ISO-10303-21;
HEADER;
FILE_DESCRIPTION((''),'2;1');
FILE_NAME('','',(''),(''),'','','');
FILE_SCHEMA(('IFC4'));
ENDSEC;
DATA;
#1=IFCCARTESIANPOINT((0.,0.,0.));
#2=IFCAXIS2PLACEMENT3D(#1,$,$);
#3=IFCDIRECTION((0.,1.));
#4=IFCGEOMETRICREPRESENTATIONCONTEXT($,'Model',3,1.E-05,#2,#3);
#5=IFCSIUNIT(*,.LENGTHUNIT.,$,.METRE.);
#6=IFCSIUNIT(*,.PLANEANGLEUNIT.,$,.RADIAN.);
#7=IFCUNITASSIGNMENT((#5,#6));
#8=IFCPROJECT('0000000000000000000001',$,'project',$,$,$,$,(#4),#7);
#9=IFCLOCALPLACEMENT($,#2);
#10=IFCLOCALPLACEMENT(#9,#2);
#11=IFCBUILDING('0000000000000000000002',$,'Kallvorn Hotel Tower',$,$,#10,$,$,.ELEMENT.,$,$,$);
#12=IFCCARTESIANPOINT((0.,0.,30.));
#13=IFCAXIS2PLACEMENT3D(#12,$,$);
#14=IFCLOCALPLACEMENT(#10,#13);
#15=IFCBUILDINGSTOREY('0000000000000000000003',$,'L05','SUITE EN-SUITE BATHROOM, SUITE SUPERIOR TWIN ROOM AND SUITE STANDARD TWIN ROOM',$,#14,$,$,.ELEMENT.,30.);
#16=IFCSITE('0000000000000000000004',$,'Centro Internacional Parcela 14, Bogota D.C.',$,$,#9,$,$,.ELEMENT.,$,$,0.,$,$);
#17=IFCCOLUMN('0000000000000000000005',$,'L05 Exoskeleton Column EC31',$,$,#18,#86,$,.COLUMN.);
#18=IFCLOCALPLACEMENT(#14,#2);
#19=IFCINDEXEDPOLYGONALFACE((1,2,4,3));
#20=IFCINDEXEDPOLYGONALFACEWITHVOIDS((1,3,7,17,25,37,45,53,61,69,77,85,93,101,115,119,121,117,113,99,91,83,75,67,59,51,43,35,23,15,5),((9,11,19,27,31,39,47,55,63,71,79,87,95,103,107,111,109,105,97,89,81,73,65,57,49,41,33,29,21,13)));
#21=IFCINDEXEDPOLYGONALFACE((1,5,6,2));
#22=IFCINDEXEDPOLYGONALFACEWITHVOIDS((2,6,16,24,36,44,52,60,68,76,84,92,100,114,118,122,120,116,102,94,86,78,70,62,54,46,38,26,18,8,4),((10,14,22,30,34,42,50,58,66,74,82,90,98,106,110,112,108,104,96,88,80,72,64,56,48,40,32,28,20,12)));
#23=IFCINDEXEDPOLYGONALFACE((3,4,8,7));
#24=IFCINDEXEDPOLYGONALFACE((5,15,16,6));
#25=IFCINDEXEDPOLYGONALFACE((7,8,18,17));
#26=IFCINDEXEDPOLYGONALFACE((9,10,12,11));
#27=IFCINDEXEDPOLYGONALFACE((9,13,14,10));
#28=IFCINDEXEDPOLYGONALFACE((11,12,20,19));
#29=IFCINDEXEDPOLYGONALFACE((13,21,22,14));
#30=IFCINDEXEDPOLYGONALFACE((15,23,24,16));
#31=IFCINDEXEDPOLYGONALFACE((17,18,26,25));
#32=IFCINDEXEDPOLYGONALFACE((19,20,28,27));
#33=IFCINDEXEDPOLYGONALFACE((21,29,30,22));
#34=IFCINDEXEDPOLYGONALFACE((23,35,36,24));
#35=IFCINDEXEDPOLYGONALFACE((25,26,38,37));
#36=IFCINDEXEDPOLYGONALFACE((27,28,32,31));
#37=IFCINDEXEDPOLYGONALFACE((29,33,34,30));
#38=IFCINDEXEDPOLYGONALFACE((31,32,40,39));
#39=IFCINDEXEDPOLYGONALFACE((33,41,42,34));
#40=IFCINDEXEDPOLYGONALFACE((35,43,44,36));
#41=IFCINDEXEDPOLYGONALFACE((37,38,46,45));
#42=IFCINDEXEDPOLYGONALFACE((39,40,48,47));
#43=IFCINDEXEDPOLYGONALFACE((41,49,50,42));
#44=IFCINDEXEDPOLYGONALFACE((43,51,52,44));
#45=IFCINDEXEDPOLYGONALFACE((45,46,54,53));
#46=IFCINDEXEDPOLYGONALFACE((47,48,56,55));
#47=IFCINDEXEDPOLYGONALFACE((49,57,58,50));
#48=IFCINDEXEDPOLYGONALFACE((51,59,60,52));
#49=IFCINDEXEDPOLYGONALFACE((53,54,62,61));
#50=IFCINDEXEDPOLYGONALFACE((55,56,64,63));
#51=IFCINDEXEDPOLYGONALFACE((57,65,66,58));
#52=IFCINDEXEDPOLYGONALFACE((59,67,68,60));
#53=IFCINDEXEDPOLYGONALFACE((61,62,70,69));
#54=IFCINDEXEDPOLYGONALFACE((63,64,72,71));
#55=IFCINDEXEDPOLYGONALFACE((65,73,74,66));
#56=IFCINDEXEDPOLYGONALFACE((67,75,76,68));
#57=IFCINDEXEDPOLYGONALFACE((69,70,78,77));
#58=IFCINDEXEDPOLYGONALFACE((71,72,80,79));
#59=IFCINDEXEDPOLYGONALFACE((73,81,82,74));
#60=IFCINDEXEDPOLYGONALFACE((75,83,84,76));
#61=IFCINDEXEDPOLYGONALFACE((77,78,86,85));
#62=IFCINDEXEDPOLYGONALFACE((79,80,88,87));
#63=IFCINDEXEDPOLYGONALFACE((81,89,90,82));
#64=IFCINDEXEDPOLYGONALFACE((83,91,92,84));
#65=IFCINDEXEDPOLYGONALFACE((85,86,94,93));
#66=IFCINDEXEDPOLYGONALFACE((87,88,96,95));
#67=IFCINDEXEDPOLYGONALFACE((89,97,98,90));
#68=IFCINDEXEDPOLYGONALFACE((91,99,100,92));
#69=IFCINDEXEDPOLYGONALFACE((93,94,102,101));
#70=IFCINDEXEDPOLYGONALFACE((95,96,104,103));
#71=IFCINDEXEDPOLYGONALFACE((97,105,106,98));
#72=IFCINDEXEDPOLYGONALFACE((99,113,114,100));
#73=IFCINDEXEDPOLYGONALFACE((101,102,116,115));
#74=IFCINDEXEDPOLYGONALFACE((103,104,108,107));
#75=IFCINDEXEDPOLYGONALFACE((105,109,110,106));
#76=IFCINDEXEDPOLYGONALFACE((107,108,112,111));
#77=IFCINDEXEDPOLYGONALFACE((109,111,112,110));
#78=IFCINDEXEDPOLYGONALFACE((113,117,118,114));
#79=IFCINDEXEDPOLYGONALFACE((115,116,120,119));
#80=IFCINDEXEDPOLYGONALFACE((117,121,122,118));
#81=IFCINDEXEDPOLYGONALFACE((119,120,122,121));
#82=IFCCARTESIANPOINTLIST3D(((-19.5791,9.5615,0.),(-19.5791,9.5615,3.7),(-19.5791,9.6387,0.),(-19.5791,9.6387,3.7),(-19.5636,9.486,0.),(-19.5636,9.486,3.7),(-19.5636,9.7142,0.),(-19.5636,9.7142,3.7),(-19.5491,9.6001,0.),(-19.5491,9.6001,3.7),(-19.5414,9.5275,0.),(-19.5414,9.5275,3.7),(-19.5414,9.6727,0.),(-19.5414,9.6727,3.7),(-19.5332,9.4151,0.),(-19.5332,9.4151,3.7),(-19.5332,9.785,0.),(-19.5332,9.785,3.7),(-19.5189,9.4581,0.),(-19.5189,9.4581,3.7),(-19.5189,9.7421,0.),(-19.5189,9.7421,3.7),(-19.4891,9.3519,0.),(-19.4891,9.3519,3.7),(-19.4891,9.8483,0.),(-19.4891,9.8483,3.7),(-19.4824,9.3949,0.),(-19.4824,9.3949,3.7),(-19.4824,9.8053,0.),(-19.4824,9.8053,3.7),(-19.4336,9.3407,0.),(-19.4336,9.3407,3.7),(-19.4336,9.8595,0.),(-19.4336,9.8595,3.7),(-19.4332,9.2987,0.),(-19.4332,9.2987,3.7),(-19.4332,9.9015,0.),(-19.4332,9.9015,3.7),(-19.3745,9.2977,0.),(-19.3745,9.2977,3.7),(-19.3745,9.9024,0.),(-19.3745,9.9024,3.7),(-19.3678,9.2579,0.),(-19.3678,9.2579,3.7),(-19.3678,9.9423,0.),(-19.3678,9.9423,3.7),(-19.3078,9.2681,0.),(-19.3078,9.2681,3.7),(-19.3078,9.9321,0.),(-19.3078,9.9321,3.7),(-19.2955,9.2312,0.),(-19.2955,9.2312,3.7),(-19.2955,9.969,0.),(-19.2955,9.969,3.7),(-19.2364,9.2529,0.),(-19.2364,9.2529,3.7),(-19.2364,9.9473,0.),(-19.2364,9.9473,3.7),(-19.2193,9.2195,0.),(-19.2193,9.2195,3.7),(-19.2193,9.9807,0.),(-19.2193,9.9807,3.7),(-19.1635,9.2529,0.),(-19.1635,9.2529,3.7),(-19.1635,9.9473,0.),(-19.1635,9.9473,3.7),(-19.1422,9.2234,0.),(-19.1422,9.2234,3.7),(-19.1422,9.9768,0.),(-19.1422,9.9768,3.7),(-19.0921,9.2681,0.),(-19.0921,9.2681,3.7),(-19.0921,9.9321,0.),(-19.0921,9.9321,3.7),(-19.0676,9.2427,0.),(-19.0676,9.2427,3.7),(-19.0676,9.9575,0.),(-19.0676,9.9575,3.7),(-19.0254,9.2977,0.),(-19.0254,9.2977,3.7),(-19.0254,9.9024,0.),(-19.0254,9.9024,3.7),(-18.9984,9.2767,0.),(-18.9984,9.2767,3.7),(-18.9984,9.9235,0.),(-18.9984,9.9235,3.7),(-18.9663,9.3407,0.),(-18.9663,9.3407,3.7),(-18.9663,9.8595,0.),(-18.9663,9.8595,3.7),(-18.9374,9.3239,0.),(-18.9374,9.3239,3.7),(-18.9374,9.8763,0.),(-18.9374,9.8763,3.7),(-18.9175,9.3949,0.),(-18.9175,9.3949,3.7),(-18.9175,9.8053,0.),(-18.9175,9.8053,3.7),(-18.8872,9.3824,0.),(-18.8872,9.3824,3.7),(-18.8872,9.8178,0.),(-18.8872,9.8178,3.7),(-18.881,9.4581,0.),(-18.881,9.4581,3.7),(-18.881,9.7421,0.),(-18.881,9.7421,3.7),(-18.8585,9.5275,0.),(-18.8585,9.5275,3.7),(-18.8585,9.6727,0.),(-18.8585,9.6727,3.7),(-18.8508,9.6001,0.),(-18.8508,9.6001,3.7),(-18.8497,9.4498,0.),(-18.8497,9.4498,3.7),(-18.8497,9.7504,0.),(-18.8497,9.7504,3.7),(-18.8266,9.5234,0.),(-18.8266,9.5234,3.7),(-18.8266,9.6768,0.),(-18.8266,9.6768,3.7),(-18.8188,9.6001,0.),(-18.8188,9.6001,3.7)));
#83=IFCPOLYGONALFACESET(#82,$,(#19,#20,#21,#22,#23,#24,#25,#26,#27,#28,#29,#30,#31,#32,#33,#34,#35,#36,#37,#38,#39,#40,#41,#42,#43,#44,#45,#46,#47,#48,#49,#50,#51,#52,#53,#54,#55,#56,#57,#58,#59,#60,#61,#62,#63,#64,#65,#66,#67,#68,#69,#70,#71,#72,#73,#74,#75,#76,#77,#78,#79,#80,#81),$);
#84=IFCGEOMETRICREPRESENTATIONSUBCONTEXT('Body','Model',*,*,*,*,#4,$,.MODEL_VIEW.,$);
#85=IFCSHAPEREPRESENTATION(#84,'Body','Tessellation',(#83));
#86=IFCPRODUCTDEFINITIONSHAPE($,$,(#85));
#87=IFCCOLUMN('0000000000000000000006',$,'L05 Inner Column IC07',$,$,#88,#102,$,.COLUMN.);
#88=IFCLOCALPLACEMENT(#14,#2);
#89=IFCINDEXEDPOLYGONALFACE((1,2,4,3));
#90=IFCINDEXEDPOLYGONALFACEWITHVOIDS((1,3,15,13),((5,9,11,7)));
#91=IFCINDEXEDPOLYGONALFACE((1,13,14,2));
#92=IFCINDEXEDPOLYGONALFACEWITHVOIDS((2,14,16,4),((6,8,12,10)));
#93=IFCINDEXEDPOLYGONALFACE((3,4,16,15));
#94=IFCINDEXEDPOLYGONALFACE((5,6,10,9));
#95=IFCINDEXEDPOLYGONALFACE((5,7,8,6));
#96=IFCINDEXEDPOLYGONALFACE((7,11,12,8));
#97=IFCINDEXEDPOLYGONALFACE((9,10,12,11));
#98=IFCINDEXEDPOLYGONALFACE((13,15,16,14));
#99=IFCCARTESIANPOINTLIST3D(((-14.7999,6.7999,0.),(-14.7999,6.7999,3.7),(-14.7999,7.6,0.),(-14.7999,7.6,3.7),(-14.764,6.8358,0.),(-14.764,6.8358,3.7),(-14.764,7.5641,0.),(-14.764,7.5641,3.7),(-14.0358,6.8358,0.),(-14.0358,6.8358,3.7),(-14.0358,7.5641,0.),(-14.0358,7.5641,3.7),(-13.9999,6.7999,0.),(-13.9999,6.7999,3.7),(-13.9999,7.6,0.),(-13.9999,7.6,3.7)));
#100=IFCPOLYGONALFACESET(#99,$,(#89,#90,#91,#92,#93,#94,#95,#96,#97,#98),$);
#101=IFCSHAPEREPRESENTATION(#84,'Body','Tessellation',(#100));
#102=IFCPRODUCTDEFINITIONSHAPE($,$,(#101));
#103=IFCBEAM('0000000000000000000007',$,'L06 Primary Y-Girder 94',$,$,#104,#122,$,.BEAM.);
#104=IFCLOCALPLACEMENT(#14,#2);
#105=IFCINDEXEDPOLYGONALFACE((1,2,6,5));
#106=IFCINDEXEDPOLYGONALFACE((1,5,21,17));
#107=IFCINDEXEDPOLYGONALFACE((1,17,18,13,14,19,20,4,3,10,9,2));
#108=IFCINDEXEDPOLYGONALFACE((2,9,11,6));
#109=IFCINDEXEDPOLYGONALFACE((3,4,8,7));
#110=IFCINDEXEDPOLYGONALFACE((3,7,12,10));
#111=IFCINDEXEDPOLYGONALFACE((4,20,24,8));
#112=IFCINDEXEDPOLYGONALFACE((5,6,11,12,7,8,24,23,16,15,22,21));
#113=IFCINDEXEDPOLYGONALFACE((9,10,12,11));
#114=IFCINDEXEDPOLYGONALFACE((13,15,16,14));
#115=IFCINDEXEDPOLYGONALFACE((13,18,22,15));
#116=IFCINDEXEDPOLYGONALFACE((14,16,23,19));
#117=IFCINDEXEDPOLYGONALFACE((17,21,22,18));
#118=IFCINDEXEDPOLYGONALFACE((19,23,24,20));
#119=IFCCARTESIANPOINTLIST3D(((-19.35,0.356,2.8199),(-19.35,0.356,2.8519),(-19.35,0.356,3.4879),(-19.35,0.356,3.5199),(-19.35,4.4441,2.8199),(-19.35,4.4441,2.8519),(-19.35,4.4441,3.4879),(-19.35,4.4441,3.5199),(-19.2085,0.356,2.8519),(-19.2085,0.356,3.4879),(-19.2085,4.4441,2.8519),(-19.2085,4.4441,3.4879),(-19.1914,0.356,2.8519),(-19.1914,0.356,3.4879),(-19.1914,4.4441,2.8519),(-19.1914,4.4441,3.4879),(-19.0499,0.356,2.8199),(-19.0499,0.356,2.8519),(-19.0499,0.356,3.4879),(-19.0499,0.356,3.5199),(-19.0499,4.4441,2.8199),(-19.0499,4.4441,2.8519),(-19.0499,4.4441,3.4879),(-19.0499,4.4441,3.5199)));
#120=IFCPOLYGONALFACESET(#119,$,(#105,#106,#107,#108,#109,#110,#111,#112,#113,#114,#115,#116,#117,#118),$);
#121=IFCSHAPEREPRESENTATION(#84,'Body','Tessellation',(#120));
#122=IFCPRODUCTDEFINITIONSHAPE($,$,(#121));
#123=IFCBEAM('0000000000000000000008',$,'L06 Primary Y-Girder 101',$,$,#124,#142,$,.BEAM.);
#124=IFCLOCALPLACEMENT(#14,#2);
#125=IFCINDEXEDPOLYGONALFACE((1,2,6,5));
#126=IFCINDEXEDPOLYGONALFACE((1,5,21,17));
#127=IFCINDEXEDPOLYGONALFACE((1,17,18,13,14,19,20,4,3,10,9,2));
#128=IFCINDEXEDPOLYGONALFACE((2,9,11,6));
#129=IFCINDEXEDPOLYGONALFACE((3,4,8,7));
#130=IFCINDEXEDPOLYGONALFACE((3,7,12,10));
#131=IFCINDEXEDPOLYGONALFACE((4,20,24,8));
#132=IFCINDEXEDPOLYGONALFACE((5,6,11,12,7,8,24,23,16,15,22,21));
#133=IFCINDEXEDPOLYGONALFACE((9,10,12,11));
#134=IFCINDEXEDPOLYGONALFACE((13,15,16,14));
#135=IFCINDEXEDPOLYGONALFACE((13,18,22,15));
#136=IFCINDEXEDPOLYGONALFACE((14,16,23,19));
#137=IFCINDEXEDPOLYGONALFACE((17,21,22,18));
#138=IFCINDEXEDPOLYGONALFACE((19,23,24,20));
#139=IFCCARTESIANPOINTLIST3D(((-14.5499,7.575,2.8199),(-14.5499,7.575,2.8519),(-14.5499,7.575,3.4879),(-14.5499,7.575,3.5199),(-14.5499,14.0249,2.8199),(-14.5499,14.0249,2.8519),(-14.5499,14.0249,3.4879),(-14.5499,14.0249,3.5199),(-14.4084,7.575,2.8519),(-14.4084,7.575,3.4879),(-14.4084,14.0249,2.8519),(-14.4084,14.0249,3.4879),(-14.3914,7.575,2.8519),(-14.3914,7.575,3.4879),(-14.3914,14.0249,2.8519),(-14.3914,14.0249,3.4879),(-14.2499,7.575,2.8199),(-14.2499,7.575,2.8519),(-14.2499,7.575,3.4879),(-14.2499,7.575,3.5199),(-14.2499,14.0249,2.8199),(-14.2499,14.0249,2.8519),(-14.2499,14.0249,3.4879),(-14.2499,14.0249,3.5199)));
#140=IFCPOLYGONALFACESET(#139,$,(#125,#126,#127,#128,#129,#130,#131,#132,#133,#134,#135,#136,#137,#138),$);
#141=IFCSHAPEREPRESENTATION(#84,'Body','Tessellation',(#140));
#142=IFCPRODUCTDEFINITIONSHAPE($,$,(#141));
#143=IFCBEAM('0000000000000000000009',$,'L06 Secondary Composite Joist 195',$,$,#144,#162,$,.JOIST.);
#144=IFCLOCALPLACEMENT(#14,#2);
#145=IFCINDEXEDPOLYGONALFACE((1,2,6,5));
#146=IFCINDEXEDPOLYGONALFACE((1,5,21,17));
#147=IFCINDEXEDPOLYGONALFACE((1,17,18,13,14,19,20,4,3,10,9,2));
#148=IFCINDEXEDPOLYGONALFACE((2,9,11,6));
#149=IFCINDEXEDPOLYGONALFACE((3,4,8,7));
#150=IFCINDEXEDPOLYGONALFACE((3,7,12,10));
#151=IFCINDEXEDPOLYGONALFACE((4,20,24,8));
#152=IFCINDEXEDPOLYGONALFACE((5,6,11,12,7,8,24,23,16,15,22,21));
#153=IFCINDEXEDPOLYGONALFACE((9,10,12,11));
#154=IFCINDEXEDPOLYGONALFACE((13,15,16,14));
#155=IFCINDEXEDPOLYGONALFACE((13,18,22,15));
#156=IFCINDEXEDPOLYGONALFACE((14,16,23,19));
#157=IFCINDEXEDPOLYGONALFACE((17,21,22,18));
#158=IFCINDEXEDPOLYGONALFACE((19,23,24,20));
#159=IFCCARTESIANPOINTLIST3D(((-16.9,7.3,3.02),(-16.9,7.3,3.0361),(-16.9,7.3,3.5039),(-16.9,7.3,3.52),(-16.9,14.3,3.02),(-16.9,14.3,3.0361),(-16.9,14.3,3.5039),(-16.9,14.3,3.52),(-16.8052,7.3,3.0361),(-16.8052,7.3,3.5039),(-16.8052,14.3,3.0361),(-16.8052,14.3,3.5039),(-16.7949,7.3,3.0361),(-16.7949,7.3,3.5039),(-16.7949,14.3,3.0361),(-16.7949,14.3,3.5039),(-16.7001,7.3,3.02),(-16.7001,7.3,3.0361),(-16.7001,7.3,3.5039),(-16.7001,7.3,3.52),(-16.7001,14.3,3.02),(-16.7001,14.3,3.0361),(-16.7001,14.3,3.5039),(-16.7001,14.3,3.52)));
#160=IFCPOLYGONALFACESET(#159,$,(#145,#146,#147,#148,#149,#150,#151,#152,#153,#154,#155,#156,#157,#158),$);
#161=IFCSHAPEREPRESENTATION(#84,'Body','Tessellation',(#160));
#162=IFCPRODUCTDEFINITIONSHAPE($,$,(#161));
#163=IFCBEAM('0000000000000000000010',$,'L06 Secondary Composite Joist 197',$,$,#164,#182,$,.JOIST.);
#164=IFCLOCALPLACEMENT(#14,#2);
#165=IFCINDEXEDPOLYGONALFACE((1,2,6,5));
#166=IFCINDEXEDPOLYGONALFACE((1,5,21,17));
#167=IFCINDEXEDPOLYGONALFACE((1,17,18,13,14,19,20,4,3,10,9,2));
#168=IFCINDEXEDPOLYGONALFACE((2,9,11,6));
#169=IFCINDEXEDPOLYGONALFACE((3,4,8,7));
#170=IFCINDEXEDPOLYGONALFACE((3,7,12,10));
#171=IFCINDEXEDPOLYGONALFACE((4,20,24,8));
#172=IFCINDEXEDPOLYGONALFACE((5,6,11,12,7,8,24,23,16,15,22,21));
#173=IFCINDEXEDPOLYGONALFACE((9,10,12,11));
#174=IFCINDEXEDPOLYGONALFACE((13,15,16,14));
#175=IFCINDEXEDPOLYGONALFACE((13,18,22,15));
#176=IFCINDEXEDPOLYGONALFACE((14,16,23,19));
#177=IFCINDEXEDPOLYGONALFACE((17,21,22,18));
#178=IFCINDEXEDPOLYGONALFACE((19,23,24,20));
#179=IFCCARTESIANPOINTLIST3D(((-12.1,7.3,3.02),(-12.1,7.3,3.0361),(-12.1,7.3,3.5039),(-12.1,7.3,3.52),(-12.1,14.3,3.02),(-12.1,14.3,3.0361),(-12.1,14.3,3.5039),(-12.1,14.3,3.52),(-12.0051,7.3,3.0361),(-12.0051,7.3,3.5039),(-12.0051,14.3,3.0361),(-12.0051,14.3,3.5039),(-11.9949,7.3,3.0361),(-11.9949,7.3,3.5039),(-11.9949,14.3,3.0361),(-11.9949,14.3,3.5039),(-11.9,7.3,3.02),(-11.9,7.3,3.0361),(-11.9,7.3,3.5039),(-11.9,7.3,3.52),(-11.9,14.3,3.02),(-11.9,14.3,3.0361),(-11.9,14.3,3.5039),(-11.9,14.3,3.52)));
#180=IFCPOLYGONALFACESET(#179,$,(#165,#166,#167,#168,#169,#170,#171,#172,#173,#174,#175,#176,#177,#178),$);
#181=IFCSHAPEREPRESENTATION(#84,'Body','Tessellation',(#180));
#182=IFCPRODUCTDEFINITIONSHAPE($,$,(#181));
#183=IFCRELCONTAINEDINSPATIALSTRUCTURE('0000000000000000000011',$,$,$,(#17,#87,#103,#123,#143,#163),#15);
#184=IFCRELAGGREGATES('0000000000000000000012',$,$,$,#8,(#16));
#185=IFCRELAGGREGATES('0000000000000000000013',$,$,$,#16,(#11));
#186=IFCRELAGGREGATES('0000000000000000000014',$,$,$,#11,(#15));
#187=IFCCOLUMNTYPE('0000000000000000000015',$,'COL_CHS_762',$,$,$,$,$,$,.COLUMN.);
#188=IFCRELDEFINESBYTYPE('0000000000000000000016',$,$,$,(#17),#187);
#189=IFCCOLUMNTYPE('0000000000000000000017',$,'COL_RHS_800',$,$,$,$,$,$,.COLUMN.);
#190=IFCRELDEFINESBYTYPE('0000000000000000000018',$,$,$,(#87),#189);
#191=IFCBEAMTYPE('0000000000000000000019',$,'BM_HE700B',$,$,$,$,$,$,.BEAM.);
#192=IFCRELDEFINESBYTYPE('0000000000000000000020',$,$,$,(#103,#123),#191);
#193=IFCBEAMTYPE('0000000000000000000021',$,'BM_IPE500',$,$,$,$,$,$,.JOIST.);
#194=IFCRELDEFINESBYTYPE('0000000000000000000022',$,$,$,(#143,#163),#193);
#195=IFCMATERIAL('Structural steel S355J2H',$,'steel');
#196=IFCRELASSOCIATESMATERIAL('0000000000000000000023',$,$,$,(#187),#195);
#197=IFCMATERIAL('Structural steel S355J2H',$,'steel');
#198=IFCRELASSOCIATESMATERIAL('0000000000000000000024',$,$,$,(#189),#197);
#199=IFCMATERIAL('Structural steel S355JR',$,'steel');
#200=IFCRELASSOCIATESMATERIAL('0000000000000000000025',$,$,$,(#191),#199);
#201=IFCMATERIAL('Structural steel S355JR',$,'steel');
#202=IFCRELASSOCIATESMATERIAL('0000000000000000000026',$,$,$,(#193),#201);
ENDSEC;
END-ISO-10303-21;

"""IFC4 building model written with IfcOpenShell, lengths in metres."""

from ifc_helpers import new_model, si_unit, direction, frame, origin, origin_2d, place, context, subcontext, project, spatial, hollow_rectangle, hollow_circle, i_section, extrude, material, material_profile, profile_set, type_object, element, save


model = new_model("IFC4")

# Units and contexts
model_context = context("Model", 3, precision=1e-05, world=origin(), true_north=direction((0.0, 1.0)))
body_context = subcontext(model_context, "Body", "Model", "MODEL_VIEW")
ifc_project = project(units=[si_unit("LENGTHUNIT", "METRE"), si_unit("PLANEANGLEUNIT", "RADIAN")], contexts=[model_context])

# Site, building, storey
site_placement = place(None, origin())
site = spatial("IfcSite", under=ifc_project, at=site_placement, Name="Centro Internacional Parcela 14, Bogota D.C.", CompositionType="ELEMENT", RefElevation=0.0)
building_placement = place(site_placement, origin())
building = spatial("IfcBuilding", under=site, at=building_placement, Name="Kallvorn Hotel Tower", CompositionType="ELEMENT")
storey_placement = place(building_placement, frame((0.0, 0.0, 30.0)))
storey = spatial("IfcBuildingStorey", under=building, at=storey_placement, Name="L05", Description="SUITE EN-SUITE BATHROOM, SUITE SUPERIOR TWIN ROOM AND SUITE STANDARD TWIN ROOM", CompositionType="ELEMENT", Elevation=30.0)

# Columns
ifc_material_1 = material(Name="Structural steel S355J2H", Category="steel")
ifc_material_profile_1 = material_profile(ifc_material_1, hollow_circle(Radius=0.3811, WallThickness=0.032, at=origin_2d()), Name="CHS 762x32")
ifc_profile_set_1 = profile_set([ifc_material_profile_1], Name="Structural steel S355J2H")
column_type_1 = type_object("IfcColumnType", Name="COL_CHS_762", PredefinedType="COLUMN", material=ifc_profile_set_1)
for number, where, z_axis, x_axis, name in (
    (1, (-19.2, 9.6001, 0.0), (0.0, 0.0, 1.0), (1.0, 0.0, 0.0), "L05 Exoskeleton Column EC31"),
):
    element("IfcColumn", number, at=place(storey_placement, frame(where, z_axis=z_axis, x_axis=x_axis)), inside=storey, type_object=column_type_1, Name=name, PredefinedType="COLUMN", context=body_context, shape_type="SweptSolid", body=[
        extrude(hollow_circle(Radius=0.3811, WallThickness=0.032, at=origin_2d()), origin(), (0.0, 0.0, 1.0), 3.7),
    ])
ifc_material_2 = material(Name="Structural steel S355J2H", Category="steel")
ifc_material_profile_2 = material_profile(ifc_material_2, hollow_rectangle(XDim=0.8, YDim=0.8, WallThickness=0.0359, at=origin_2d()), Name="RHS 800x800x36")
ifc_profile_set_2 = profile_set([ifc_material_profile_2], Name="Structural steel S355J2H")
column_type_2 = type_object("IfcColumnType", Name="COL_RHS_800", PredefinedType="COLUMN", material=ifc_profile_set_2)
column_placement = place(storey_placement, frame((-14.3999, 7.2, 0.0), z_axis=(0.0, 0.0, 1.0), x_axis=(1.0, 0.0, 0.0)))
element("IfcColumn", 2, at=column_placement, inside=storey, type_object=column_type_2, Name="L05 Inner Column IC07", PredefinedType="COLUMN", context=body_context, shape_type="SweptSolid", body=[
    extrude(hollow_rectangle(XDim=0.8, YDim=0.8, WallThickness=0.0359, at=origin_2d()), origin(), (0.0, 0.0, 1.0), 3.7),
])

# Beams
ifc_material_3 = material(Name="Structural steel S355JR", Category="steel")
ifc_material_profile_3 = material_profile(ifc_material_3, i_section(OverallWidth=0.3, OverallDepth=0.7, WebThickness=0.0171, FlangeThickness=0.032, at=origin_2d()), Name="HE 700 B")
ifc_profile_set_3 = profile_set([ifc_material_profile_3], Name="Structural steel S355JR")
beam_type_1 = type_object("IfcBeamType", Name="BM_HE700B", PredefinedType="BEAM", material=ifc_profile_set_3)
beam_1_placement = place(storey_placement, frame((-19.2, 0.356, 3.1699), z_axis=(0.0, 1.0, 0.0), x_axis=(-1.0, 0.0, 0.0)))
element("IfcBeam", 3, at=beam_1_placement, inside=storey, type_object=beam_type_1, Name="L06 Primary Y-Girder 94", PredefinedType="BEAM", context=body_context, shape_type="SweptSolid", body=[
    extrude(i_section(OverallWidth=0.3, OverallDepth=0.7, WebThickness=0.0171, FlangeThickness=0.032, at=origin_2d()), origin(), (0.0, 0.0, 1.0), 4.0881),
])
beam_2_placement = place(storey_placement, frame((-14.3999, 7.575, 3.1699), z_axis=(0.0, 1.0, 0.0), x_axis=(-1.0, 0.0, 0.0)))
element("IfcBeam", 4, at=beam_2_placement, inside=storey, type_object=beam_type_1, Name="L06 Primary Y-Girder 101", PredefinedType="BEAM", context=body_context, shape_type="SweptSolid", body=[
    extrude(i_section(OverallWidth=0.3, OverallDepth=0.7, WebThickness=0.0171, FlangeThickness=0.032, at=origin_2d()), origin(), (0.0, 0.0, 1.0), 6.45),
])
ifc_material_4 = material(Name="Structural steel S355JR", Category="steel")
ifc_material_profile_4 = material_profile(ifc_material_4, i_section(OverallWidth=0.2, OverallDepth=0.5, WebThickness=0.0103, FlangeThickness=0.0161, at=origin_2d()), Name="IPE 500")
ifc_profile_set_4 = profile_set([ifc_material_profile_4], Name="Structural steel S355JR")
beam_type_2 = type_object("IfcBeamType", Name="BM_IPE500", PredefinedType="JOIST", material=ifc_profile_set_4)
for number, where, z_axis, x_axis, name in (
    (5, (-16.8, 7.3, 3.27), (0.0, 1.0, 0.0), (-1.0, 0.0, 0.0), "L06 Secondary Composite Joist 195"),
    (6, (-12.0, 7.3, 3.27), (0.0, 1.0, 0.0), (-1.0, 0.0, 0.0), "L06 Secondary Composite Joist 197"),
):
    element("IfcBeam", number, at=place(storey_placement, frame(where, z_axis=z_axis, x_axis=x_axis)), inside=storey, type_object=beam_type_2, Name=name, PredefinedType="JOIST", context=body_context, shape_type="SweptSolid", body=[
        extrude(i_section(OverallWidth=0.2, OverallDepth=0.5, WebThickness=0.0103, FlangeThickness=0.0161, at=origin_2d()), origin(), (0.0, 0.0, 1.0), 7.0),
    ])

save(model, "model.ifc")
